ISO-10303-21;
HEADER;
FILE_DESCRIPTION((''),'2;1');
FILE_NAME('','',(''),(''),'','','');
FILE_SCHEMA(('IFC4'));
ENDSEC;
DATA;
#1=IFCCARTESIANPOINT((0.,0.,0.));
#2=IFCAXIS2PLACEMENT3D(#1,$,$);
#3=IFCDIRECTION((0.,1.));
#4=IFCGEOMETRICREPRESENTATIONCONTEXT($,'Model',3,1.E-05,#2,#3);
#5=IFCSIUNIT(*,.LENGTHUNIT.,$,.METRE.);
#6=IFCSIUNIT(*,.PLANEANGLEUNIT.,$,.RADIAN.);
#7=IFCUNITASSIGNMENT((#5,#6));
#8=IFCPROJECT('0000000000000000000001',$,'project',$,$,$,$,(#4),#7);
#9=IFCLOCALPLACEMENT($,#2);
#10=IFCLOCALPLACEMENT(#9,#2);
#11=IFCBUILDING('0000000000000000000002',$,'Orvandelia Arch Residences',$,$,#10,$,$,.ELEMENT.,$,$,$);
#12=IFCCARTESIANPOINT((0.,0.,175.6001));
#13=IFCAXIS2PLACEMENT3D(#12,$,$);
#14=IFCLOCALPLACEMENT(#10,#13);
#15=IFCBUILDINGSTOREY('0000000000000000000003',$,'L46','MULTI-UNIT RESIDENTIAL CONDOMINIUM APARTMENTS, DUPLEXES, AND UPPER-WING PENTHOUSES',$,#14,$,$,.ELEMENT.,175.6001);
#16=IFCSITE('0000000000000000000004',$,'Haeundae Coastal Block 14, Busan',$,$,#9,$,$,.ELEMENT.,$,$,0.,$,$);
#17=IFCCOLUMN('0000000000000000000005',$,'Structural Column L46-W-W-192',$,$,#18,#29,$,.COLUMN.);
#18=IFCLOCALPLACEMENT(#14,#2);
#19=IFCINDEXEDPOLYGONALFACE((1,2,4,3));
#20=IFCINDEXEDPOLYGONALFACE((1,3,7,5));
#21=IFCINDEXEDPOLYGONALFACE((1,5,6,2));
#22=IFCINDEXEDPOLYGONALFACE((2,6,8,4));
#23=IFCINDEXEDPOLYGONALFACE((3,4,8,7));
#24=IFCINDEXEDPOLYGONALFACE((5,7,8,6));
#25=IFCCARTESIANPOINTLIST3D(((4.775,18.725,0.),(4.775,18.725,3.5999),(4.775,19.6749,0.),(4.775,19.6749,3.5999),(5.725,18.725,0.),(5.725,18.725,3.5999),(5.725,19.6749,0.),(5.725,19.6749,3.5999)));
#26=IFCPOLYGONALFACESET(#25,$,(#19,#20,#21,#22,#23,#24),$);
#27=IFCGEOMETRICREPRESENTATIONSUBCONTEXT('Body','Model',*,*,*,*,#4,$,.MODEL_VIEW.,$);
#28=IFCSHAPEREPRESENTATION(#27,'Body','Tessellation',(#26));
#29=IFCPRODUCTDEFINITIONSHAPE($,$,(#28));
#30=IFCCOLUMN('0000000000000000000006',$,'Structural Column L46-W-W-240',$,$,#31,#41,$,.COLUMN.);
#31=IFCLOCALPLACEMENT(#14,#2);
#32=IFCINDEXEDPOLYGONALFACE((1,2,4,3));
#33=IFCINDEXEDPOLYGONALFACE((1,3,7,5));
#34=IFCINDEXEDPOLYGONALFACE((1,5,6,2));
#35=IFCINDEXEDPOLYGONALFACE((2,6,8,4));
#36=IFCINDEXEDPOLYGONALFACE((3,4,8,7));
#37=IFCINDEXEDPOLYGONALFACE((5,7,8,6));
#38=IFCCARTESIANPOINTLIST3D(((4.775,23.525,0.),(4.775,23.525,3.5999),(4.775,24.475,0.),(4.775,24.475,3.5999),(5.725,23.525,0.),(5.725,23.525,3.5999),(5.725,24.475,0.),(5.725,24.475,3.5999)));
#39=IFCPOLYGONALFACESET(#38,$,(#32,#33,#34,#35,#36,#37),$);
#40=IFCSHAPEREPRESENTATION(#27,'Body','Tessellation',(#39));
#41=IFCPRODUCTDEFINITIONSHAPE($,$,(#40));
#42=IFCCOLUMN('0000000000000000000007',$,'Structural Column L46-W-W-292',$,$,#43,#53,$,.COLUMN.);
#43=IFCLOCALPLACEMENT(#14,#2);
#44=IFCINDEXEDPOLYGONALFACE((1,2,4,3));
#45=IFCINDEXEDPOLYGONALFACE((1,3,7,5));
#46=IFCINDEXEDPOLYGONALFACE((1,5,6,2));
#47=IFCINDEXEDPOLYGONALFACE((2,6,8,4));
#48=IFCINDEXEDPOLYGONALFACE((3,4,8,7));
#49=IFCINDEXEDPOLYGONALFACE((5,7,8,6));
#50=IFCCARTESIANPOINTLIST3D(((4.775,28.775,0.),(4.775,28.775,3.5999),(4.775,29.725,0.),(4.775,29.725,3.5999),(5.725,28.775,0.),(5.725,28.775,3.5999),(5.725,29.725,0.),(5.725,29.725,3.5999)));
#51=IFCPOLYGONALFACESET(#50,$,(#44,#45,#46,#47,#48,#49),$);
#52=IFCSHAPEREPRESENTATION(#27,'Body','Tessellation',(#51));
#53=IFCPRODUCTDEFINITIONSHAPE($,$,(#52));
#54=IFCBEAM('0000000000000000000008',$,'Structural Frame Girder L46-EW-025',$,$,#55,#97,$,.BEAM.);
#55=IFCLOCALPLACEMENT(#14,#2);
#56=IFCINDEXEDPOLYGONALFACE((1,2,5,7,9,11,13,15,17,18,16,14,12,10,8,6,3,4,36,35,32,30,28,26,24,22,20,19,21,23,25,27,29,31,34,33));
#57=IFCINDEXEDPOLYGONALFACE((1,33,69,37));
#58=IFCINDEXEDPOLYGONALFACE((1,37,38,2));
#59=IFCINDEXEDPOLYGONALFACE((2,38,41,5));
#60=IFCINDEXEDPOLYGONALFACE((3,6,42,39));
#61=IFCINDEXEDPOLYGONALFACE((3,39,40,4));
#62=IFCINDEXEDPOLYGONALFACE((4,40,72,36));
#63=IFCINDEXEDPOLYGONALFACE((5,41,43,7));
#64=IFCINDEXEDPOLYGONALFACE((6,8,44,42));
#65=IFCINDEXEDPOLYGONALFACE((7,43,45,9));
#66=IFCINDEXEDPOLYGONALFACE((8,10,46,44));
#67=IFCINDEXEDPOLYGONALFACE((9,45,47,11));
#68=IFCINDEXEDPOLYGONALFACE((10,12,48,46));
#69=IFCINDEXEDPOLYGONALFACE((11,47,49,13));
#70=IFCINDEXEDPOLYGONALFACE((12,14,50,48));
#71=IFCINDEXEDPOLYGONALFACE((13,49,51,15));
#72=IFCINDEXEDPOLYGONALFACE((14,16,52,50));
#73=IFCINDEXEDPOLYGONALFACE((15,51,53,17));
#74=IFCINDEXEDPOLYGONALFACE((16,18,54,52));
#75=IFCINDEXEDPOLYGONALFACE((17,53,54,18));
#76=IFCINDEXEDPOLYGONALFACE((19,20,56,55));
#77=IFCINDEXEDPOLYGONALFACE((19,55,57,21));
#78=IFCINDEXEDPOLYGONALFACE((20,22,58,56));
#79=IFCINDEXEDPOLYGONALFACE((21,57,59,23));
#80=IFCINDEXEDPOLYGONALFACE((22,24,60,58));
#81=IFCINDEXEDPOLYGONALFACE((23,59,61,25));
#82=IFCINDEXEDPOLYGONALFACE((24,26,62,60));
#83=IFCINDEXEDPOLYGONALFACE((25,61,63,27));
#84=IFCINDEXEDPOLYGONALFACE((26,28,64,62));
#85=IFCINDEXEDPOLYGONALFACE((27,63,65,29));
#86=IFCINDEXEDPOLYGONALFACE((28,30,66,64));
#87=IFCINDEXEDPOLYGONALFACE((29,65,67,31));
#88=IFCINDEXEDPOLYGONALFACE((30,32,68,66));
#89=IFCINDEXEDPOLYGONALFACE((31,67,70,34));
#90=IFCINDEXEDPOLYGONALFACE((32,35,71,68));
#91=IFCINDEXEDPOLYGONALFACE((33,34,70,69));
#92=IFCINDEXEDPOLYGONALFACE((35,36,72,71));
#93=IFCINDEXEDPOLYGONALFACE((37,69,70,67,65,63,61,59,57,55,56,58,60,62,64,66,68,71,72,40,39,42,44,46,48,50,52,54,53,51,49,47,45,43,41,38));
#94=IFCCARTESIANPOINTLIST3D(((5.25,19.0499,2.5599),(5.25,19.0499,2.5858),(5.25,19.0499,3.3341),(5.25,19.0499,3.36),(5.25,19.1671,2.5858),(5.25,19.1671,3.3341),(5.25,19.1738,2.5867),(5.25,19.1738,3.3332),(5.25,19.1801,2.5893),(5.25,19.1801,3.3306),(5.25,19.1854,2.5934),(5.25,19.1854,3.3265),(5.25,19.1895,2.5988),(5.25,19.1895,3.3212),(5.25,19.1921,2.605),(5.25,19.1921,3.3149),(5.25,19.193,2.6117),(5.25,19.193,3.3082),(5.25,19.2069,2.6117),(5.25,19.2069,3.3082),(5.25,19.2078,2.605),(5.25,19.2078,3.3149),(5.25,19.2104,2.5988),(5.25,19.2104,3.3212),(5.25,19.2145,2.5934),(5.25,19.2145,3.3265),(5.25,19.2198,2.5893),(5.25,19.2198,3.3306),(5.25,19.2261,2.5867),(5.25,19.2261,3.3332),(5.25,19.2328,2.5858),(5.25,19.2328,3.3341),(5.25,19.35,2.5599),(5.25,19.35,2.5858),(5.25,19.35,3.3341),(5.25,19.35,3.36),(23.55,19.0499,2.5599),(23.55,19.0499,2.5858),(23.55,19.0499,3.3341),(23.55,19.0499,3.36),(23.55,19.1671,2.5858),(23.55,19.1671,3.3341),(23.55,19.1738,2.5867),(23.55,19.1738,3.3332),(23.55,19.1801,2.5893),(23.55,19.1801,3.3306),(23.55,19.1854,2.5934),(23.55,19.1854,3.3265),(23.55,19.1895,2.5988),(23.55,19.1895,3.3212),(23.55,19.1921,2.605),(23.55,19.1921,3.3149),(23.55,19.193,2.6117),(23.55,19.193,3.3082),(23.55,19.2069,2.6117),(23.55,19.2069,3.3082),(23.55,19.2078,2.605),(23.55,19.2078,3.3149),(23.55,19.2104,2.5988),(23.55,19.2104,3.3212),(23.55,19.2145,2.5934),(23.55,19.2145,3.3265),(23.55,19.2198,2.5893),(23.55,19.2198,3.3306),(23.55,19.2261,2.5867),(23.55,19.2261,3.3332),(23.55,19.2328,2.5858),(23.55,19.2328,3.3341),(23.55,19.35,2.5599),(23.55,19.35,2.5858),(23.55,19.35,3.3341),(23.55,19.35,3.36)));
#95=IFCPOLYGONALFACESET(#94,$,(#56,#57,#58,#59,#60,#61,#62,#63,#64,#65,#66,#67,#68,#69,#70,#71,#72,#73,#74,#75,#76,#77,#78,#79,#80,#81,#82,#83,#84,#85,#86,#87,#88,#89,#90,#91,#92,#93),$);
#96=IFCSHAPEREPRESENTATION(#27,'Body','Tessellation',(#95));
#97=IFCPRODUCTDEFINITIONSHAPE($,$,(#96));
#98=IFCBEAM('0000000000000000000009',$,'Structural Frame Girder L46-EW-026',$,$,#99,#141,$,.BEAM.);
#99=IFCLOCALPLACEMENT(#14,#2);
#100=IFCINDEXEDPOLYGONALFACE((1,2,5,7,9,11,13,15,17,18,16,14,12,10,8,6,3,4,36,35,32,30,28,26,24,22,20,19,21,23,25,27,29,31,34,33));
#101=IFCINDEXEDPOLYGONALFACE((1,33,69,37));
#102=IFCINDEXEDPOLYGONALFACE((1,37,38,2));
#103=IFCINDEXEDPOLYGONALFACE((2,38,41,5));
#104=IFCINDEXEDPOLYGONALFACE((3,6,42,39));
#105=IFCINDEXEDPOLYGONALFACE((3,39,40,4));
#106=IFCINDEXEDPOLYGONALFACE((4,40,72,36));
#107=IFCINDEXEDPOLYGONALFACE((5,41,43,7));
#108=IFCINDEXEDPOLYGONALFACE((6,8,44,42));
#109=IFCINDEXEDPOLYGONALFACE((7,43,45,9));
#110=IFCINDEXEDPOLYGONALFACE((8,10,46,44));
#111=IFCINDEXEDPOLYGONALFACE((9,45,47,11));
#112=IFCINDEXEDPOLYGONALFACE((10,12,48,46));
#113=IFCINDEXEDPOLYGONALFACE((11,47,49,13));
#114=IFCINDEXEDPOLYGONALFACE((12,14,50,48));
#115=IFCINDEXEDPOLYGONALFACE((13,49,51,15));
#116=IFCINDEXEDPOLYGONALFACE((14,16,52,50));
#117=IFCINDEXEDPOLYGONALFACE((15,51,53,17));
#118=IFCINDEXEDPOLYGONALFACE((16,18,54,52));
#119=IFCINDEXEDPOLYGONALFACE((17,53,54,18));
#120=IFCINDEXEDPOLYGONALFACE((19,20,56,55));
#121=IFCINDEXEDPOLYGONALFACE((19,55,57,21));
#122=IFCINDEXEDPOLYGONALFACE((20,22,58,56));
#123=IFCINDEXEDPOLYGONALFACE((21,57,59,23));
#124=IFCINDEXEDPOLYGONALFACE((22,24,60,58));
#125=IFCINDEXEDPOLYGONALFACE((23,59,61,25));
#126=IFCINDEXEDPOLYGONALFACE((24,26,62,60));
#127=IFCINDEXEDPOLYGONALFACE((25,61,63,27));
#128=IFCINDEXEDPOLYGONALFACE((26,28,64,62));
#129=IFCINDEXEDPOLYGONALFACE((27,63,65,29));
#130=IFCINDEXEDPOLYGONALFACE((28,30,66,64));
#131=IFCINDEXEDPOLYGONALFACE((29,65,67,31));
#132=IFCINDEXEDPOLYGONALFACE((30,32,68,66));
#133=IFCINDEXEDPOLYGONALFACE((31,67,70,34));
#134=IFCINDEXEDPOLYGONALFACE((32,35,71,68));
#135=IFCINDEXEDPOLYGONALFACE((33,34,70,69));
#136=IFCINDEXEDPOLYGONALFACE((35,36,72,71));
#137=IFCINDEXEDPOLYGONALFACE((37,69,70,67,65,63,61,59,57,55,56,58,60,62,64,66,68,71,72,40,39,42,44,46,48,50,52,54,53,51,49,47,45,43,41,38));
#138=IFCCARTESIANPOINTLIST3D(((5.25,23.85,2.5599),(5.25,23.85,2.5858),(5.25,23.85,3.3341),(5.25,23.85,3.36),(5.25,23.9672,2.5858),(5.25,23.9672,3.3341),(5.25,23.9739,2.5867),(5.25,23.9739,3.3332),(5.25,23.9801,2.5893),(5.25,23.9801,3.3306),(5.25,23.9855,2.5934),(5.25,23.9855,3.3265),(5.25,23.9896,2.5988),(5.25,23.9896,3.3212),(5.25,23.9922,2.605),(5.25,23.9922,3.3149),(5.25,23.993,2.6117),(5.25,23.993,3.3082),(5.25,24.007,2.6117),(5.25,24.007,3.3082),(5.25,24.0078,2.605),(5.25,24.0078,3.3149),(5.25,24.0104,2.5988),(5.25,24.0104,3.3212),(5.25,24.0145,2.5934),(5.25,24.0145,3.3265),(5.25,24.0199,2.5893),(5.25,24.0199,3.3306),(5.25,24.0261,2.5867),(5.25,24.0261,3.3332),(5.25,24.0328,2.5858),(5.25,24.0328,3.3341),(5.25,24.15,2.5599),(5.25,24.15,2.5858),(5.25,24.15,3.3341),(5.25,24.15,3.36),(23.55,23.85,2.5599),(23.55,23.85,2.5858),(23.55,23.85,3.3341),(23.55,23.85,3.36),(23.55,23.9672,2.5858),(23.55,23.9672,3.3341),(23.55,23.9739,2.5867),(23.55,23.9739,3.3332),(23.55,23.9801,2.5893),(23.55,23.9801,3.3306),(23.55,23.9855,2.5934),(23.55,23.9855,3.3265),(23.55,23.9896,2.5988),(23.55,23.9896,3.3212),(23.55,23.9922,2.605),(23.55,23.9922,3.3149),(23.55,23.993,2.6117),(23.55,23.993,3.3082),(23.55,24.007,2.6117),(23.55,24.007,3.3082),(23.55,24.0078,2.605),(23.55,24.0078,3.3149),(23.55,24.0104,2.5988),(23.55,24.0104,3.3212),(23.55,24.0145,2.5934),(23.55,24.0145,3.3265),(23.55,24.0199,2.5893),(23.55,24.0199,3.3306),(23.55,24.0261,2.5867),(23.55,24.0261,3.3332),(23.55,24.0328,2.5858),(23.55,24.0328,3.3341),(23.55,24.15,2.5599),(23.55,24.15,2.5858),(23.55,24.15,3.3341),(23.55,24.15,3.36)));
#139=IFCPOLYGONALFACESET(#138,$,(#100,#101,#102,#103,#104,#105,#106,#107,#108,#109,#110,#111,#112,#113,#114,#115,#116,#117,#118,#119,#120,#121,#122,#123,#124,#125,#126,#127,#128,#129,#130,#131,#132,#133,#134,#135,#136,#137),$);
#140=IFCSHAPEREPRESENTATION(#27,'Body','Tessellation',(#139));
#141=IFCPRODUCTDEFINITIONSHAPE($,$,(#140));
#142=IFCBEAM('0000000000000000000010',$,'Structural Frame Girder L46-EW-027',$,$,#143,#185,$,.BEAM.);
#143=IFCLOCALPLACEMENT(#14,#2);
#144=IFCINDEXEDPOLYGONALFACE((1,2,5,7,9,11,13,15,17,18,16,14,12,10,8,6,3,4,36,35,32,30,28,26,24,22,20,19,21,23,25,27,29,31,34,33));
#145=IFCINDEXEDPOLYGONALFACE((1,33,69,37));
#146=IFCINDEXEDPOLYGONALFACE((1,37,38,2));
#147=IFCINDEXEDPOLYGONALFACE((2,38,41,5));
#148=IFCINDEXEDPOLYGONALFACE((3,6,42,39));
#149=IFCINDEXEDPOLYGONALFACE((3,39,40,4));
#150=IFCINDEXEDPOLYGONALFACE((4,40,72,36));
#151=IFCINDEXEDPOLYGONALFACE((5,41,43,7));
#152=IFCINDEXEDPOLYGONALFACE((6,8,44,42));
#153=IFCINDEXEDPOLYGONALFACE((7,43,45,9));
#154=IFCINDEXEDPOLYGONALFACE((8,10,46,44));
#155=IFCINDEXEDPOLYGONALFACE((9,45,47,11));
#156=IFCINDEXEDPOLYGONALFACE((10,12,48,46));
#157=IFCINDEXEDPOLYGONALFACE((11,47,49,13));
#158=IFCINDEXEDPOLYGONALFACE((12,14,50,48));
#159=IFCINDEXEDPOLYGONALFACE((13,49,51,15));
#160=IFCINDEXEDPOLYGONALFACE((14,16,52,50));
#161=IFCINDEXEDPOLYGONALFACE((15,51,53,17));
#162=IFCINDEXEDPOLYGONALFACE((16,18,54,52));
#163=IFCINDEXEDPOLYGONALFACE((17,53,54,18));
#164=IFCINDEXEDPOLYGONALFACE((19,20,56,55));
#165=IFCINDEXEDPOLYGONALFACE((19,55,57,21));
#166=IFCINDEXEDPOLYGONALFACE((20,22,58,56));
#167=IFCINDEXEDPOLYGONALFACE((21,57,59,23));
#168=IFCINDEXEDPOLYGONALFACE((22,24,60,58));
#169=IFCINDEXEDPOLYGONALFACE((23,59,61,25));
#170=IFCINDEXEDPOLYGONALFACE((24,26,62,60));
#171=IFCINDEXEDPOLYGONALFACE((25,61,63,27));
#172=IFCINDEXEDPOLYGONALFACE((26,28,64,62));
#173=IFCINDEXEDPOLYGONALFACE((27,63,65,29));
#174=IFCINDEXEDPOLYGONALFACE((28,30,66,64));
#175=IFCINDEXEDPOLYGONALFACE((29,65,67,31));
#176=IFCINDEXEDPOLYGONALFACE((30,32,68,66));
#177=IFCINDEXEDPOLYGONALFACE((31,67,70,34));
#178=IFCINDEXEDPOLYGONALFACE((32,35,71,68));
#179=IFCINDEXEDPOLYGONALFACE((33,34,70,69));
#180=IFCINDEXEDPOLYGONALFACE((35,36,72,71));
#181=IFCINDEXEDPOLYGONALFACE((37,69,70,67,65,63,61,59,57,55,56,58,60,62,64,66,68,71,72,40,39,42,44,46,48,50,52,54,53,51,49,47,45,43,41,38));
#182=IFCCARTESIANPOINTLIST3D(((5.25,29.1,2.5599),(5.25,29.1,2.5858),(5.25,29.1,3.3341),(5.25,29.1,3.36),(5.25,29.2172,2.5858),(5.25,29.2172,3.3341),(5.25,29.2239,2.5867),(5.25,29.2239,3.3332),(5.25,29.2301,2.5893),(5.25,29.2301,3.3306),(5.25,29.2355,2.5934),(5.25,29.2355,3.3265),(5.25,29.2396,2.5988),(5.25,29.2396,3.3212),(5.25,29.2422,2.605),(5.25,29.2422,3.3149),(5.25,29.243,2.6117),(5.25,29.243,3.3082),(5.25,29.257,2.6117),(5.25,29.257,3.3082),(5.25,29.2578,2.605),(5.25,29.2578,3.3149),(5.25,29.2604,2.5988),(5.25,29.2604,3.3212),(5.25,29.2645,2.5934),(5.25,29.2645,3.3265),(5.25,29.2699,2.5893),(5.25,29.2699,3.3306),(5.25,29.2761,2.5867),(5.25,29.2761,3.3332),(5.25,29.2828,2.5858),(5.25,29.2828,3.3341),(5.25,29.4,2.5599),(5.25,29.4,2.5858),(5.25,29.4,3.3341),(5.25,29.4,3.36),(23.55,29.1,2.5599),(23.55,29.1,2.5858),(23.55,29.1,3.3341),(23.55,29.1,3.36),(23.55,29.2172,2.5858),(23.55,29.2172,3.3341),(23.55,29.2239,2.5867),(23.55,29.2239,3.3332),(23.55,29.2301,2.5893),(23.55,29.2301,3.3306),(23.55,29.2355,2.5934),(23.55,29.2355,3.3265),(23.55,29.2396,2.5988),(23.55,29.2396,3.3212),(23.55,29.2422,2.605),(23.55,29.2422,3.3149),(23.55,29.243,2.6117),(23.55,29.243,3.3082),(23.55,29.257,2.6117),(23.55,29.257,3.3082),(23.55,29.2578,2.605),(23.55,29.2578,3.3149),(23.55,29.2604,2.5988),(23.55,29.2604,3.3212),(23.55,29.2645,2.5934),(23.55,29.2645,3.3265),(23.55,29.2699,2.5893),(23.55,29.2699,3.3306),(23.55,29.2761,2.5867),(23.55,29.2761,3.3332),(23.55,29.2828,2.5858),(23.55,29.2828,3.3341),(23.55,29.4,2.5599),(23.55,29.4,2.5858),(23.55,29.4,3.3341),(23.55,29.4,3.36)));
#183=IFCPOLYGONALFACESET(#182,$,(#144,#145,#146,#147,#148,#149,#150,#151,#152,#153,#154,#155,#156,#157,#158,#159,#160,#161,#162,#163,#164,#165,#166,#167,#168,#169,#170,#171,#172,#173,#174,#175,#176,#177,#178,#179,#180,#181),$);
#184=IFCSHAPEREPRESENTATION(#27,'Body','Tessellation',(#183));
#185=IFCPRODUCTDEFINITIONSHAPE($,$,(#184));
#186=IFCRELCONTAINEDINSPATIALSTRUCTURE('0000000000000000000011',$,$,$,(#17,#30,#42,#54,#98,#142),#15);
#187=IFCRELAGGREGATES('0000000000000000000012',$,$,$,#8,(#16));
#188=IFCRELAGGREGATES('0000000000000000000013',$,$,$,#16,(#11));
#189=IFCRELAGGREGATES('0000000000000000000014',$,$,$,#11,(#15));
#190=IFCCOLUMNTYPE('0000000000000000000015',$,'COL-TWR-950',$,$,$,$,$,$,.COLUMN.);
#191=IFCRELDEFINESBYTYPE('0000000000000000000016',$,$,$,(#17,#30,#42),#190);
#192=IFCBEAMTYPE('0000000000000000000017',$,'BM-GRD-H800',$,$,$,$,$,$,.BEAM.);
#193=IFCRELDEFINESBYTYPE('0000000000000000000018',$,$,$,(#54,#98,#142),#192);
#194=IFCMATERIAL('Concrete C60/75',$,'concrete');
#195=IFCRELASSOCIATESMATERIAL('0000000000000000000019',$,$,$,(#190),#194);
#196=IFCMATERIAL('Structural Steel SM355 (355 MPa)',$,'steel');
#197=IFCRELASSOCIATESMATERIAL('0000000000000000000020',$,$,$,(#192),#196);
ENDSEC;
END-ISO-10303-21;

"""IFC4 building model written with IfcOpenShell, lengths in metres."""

from ifc_helpers import new_model, si_unit, direction, frame, origin, origin_2d, place, context, subcontext, project, spatial, rectangle, i_section, extrude, material, material_profile, profile_set, type_object, element, save


model = new_model("IFC4")

# Units and contexts
model_context = context("Model", 3, precision=1e-05, world=origin(), true_north=direction((0.0, 1.0)))
body_context = subcontext(model_context, "Body", "Model", "MODEL_VIEW")
ifc_project = project(units=[si_unit("LENGTHUNIT", "METRE"), si_unit("PLANEANGLEUNIT", "RADIAN")], contexts=[model_context])

# Site, building, storey
site_placement = place(None, origin())
site = spatial("IfcSite", under=ifc_project, at=site_placement, Name="Haeundae Coastal Block 14, Busan", CompositionType="ELEMENT", RefElevation=0.0)
building_placement = place(site_placement, origin())
building = spatial("IfcBuilding", under=site, at=building_placement, Name="Orvandelia Arch Residences", CompositionType="ELEMENT")
storey_placement = place(building_placement, frame((0.0, 0.0, 175.6001)))
storey = spatial("IfcBuildingStorey", under=building, at=storey_placement, Name="L46", Description="MULTI-UNIT RESIDENTIAL CONDOMINIUM APARTMENTS, DUPLEXES, AND UPPER-WING PENTHOUSES", CompositionType="ELEMENT", Elevation=175.6001)

# Columns
ifc_material_1 = material(Name="Concrete C60/75", Category="concrete")
ifc_material_profile_1 = material_profile(ifc_material_1, rectangle(XDim=0.95, YDim=0.95, at=origin_2d()), Name="Concrete C60/75", Category="concrete")
ifc_profile_set_1 = profile_set([ifc_material_profile_1], Name="Concrete C60/75")
column_type = type_object("IfcColumnType", Name="COL-TWR-950", PredefinedType="COLUMN", material=ifc_profile_set_1)
for number, where, z_axis, x_axis, name in (
    (1, (5.25, 19.2, 0.0), (0.0, 0.0, 1.0), (1.0, 0.0, 0.0), "Structural Column L46-W-W-192"),
    (2, (5.25, 24.0, 0.0), (0.0, 0.0, 1.0), (1.0, 0.0, 0.0), "Structural Column L46-W-W-240"),
    (3, (5.25, 29.25, 0.0), (0.0, 0.0, 1.0), (1.0, 0.0, 0.0), "Structural Column L46-W-W-292"),
):
    element("IfcColumn", number, at=place(storey_placement, frame(where, z_axis=z_axis, x_axis=x_axis)), inside=storey, type_object=column_type, Name=name, PredefinedType="COLUMN", context=body_context, shape_type="SweptSolid", body=[
        extrude(rectangle(XDim=0.95, YDim=0.95, at=origin_2d()), origin(), (0.0, 0.0, 1.0), 3.5999),
    ])

# Beams
ifc_material_2 = material(Name="Structural Steel SM355 (355 MPa)", Category="steel")
ifc_material_profile_2 = material_profile(ifc_material_2, i_section(OverallWidth=0.3, OverallDepth=0.8, WebThickness=0.0139, FlangeThickness=0.0259, FilletRadius=0.0259, at=origin_2d()), Name="Structural Steel SM355 (355 MPa)", Category="steel")
ifc_profile_set_2 = profile_set([ifc_material_profile_2], Name="Structural Steel SM355 (355 MPa)")
beam_type_1 = type_object("IfcBeamType", Name="BM-GRD-H800", PredefinedType="BEAM", material=ifc_profile_set_2)
for number, where, z_axis, x_axis, name in (
    (4, (5.25, 19.2, 2.96), (1.0, 0.0, 0.0), (0.0, 1.0, 0.0), "Structural Frame Girder L46-EW-025"),
    (5, (5.25, 24.0, 2.96), (1.0, 0.0, 0.0), (0.0, 1.0, 0.0), "Structural Frame Girder L46-EW-026"),
    (6, (5.25, 29.25, 2.96), (1.0, 0.0, 0.0), (0.0, 1.0, 0.0), "Structural Frame Girder L46-EW-027"),
):
    element("IfcBeam", number, at=place(storey_placement, frame(where, z_axis=z_axis, x_axis=x_axis)), inside=storey, type_object=beam_type_1, Name=name, PredefinedType="BEAM", context=body_context, shape_type="SweptSolid", body=[
        extrude(i_section(OverallWidth=0.3, OverallDepth=0.8, WebThickness=0.0139, FlangeThickness=0.0259, FilletRadius=0.0259, at=origin_2d()), origin(), (0.0, 0.0, 1.0), 18.3),
    ])

save(model, "model.ifc")
